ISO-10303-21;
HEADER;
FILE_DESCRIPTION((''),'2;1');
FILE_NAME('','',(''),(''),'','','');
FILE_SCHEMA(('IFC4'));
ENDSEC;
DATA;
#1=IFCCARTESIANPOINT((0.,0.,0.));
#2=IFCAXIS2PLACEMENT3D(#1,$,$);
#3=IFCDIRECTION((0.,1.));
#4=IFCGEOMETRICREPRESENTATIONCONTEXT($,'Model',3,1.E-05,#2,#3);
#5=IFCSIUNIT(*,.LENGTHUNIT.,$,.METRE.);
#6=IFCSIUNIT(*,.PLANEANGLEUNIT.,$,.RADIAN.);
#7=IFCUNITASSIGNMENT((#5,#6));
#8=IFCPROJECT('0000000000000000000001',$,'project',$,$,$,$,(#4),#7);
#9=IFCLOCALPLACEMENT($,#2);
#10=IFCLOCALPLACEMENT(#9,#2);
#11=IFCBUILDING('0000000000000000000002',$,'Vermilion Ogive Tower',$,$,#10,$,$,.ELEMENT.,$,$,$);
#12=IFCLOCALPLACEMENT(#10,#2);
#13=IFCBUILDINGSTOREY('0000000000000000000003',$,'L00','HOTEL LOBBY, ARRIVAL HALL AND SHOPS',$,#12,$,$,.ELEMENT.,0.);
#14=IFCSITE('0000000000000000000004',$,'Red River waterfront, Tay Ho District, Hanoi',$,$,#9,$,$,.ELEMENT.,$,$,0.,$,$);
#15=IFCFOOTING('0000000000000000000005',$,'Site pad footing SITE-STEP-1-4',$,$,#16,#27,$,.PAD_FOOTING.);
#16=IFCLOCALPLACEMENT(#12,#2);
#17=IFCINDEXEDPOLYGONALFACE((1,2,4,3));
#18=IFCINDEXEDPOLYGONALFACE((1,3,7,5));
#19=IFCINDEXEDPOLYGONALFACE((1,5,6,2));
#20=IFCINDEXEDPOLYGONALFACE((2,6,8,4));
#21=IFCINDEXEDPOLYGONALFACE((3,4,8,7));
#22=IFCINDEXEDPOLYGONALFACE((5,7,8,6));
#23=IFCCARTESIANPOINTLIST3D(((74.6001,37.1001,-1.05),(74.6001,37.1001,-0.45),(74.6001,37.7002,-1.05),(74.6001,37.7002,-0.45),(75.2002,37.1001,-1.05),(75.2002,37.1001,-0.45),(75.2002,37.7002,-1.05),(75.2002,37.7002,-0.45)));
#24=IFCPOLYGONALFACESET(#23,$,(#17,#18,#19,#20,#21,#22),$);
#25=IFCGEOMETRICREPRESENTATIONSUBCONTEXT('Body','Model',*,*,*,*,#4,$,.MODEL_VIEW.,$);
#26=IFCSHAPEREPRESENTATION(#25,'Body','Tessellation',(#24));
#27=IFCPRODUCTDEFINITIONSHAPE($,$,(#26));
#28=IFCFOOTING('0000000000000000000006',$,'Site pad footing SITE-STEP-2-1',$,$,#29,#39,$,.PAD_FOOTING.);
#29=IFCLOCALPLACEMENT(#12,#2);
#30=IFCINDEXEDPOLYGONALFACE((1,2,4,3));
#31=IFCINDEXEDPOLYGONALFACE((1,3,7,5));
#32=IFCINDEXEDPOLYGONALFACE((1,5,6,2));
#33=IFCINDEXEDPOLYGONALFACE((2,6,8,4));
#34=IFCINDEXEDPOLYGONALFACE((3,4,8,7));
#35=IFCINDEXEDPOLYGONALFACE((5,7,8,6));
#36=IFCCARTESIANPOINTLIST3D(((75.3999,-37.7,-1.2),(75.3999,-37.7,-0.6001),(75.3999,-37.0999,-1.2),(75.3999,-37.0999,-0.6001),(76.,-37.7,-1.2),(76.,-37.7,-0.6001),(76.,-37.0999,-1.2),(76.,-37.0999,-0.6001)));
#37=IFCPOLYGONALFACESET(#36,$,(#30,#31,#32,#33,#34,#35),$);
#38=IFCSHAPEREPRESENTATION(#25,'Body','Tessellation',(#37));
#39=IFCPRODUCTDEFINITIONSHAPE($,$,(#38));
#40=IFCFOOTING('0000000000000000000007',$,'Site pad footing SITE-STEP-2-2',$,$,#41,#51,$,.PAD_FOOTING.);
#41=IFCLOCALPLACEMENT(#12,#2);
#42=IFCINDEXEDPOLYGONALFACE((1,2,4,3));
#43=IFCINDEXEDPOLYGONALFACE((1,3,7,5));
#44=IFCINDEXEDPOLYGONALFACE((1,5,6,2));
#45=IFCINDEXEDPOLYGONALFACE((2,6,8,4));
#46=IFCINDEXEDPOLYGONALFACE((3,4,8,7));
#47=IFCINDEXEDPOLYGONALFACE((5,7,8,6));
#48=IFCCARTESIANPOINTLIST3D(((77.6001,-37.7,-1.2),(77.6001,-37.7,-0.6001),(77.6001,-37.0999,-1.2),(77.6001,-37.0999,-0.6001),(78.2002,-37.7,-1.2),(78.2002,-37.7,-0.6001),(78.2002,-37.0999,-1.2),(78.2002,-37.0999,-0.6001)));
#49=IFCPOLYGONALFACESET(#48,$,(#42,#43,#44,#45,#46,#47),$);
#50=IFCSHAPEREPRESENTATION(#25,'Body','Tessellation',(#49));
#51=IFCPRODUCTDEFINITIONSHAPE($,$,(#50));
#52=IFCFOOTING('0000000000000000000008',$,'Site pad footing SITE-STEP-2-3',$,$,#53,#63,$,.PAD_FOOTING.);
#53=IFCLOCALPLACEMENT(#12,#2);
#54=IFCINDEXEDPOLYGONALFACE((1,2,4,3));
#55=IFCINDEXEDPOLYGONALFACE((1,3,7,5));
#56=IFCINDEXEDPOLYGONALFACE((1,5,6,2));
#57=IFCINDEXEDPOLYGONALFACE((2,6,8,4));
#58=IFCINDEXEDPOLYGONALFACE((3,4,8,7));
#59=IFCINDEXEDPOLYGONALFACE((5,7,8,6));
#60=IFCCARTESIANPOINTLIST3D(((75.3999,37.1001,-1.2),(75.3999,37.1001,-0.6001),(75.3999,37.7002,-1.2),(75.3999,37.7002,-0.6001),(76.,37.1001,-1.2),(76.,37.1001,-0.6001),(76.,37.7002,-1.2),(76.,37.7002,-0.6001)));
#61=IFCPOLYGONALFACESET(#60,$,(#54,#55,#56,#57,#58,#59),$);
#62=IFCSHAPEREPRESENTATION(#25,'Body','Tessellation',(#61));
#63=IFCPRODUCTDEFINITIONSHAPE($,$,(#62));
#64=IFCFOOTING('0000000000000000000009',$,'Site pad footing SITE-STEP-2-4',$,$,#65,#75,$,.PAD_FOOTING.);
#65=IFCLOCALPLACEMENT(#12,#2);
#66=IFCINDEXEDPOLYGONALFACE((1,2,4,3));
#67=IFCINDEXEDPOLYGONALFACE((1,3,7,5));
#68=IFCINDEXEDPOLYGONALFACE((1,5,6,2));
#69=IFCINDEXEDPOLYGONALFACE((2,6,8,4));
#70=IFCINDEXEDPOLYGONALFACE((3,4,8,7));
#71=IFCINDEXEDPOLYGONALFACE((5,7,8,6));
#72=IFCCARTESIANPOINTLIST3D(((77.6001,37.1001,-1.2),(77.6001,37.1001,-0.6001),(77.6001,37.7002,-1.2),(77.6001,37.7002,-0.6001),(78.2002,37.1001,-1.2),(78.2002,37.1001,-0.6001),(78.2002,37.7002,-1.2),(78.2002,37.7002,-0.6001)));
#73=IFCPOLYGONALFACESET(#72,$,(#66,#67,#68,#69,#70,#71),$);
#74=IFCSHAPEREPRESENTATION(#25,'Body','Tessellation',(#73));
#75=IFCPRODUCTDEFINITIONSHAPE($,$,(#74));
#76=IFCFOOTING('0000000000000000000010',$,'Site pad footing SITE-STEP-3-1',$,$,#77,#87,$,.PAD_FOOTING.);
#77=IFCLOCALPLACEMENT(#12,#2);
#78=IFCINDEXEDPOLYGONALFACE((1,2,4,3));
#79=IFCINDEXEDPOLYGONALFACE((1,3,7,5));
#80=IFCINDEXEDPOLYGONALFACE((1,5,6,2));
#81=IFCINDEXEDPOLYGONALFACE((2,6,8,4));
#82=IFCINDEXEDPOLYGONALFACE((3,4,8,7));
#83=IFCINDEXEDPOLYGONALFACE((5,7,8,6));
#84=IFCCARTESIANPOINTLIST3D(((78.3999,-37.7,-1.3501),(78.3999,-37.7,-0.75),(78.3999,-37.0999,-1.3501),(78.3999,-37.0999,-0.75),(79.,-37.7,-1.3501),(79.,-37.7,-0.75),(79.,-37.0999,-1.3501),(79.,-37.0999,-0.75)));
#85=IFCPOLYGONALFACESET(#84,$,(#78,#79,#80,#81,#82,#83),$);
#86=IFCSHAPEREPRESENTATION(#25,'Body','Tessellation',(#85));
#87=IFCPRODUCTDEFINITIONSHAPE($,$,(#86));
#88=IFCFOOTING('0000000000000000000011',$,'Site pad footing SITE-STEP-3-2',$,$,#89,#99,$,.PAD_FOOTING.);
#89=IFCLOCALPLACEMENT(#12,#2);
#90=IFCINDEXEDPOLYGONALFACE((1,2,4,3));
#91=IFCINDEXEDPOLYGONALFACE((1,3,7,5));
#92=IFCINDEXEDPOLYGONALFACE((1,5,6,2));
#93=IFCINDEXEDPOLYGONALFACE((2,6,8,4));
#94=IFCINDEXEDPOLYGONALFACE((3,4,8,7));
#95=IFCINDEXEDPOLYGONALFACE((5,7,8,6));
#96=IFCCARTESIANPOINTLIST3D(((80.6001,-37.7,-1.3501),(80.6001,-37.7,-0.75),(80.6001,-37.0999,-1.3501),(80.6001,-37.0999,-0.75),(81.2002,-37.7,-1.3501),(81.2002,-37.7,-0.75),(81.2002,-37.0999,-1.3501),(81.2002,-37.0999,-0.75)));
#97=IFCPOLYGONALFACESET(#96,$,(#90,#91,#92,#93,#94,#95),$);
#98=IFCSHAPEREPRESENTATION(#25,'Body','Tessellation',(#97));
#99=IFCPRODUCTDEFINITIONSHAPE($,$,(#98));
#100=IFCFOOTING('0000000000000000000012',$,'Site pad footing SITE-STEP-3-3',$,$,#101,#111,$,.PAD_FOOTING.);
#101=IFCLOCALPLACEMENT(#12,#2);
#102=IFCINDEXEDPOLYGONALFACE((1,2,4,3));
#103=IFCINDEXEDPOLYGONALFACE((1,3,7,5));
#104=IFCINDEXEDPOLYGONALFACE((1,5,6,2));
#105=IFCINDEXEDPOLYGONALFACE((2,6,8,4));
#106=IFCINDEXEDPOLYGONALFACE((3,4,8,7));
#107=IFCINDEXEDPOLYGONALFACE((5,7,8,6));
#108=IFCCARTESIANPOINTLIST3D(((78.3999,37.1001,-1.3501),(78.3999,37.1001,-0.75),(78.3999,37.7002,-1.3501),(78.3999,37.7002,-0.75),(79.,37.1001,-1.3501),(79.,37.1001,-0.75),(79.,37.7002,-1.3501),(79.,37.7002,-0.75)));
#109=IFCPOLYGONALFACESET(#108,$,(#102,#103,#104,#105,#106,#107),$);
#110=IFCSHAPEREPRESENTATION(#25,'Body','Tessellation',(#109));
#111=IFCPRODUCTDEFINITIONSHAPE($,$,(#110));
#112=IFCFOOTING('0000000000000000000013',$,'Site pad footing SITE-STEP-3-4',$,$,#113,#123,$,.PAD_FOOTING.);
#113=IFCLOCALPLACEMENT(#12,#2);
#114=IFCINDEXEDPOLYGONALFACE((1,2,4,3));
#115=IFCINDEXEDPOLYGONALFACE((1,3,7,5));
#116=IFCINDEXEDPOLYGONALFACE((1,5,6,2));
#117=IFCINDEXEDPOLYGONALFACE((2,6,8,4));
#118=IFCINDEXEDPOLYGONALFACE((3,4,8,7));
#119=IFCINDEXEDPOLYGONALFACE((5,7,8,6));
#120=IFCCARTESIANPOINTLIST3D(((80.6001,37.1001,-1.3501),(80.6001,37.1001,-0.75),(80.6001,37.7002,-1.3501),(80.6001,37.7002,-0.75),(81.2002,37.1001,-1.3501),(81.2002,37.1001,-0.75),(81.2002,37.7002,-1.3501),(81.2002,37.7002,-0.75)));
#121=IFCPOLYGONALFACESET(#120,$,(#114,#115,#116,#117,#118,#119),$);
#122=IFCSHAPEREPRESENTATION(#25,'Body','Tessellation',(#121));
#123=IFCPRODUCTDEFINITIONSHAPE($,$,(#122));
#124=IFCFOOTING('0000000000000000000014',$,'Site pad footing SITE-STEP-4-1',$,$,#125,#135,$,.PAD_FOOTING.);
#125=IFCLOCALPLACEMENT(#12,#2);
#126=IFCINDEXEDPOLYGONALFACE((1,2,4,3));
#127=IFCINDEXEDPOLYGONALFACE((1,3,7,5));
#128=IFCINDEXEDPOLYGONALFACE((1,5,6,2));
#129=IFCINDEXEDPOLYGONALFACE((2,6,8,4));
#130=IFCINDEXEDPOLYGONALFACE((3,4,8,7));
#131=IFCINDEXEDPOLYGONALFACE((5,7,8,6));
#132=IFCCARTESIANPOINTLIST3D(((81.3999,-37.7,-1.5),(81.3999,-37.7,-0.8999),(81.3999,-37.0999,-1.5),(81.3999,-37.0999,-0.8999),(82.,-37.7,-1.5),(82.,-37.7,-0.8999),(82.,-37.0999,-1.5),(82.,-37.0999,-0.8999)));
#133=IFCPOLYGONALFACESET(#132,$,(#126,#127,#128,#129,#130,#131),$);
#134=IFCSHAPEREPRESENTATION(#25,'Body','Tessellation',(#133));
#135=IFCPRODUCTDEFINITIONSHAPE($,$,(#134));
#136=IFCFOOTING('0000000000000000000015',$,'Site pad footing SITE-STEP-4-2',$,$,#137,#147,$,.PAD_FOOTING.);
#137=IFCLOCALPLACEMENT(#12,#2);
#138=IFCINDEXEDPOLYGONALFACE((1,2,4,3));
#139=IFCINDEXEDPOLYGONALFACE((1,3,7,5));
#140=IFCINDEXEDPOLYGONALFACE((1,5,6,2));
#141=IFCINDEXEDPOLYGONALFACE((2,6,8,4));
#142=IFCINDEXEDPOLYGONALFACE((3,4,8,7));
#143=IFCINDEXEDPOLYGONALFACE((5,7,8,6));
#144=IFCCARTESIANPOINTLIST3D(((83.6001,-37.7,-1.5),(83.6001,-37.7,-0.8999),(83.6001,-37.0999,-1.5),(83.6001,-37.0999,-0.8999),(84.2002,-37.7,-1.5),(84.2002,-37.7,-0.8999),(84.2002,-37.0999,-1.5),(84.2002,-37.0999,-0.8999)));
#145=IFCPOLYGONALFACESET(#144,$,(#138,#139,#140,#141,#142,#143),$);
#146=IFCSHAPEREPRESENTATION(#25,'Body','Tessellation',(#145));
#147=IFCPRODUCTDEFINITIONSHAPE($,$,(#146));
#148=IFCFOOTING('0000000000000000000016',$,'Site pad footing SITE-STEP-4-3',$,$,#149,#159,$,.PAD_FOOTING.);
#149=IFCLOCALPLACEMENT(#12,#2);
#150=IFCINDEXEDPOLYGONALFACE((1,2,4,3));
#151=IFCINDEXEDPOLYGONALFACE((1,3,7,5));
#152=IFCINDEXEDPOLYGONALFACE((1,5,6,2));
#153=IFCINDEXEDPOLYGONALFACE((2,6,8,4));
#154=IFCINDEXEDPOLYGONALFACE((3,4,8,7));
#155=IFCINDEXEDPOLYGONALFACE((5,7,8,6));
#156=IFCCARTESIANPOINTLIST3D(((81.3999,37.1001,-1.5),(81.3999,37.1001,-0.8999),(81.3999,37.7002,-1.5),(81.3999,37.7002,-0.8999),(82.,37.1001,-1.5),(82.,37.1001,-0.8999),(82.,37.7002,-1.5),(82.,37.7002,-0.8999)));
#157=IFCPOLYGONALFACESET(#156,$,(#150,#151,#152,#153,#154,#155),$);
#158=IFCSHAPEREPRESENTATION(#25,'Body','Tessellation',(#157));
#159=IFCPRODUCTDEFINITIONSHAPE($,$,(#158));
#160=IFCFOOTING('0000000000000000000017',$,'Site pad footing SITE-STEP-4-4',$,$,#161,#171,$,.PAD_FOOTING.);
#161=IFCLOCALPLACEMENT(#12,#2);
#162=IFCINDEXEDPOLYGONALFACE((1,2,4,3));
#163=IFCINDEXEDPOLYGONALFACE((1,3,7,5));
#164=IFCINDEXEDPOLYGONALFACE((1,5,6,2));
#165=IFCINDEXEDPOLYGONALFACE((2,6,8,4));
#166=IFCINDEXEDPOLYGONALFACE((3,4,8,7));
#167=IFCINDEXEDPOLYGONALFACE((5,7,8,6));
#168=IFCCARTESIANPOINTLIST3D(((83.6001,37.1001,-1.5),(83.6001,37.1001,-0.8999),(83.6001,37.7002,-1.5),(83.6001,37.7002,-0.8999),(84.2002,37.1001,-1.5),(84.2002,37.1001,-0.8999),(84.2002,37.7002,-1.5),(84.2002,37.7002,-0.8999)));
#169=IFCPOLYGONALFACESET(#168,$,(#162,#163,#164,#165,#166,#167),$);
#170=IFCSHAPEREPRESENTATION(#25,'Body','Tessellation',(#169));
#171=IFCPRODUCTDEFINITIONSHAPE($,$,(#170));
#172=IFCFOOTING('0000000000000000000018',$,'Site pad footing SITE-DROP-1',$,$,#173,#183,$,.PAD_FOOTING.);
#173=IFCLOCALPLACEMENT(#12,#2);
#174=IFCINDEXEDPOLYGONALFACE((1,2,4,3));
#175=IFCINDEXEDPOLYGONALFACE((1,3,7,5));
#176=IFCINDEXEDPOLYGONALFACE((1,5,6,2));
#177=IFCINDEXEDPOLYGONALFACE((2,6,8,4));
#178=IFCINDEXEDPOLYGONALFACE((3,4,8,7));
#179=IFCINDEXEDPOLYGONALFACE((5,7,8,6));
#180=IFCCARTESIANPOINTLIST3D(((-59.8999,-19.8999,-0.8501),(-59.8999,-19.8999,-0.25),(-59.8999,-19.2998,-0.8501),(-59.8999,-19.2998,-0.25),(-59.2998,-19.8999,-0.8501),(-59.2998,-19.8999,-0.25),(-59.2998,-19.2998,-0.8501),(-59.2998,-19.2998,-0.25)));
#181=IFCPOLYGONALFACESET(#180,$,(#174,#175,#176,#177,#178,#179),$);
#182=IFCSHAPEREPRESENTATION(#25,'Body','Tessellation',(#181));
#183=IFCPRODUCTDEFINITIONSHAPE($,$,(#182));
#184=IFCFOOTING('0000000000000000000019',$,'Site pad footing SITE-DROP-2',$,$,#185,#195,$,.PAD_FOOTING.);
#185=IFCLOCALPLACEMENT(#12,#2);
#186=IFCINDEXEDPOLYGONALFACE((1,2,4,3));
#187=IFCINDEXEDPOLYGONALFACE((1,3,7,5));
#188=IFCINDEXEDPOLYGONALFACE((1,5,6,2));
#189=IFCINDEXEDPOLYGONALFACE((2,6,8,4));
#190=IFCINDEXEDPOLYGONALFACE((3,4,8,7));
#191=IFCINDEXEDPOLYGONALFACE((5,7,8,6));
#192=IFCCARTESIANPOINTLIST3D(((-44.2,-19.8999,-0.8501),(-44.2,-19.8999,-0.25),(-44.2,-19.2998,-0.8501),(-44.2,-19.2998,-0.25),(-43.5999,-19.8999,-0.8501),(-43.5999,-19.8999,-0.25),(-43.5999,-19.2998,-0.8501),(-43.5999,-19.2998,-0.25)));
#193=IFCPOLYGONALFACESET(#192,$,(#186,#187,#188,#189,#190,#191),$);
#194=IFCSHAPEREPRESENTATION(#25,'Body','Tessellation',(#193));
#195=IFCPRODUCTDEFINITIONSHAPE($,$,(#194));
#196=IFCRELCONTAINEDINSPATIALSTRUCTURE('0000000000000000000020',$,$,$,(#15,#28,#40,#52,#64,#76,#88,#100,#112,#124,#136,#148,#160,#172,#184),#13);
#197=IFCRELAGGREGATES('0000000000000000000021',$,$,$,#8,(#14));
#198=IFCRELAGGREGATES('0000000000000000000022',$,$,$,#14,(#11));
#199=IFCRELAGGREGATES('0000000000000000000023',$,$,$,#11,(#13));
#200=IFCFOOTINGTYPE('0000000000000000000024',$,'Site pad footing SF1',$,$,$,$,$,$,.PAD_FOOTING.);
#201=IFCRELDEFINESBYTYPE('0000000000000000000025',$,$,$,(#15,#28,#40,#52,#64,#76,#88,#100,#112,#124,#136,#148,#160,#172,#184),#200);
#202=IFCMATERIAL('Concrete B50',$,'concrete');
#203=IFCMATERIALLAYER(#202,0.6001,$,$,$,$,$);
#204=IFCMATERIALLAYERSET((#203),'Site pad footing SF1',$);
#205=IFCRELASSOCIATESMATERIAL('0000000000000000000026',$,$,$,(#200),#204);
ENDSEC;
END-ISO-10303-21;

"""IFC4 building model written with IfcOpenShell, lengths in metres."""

from ifc_helpers import new_model, si_unit, direction, frame, origin, place, context, subcontext, project, spatial, polyline, outline, extrude, material, layer, layer_set, type_object, element, save


model = new_model("IFC4")

# Units and contexts
model_context = context("Model", 3, precision=1e-05, world=origin(), true_north=direction((0.0, 1.0)))
body_context = subcontext(model_context, "Body", "Model", "MODEL_VIEW")
ifc_project = project(units=[si_unit("LENGTHUNIT", "METRE"), si_unit("PLANEANGLEUNIT", "RADIAN")], contexts=[model_context])

# Site, building, storey
site_placement = place(None, origin())
site = spatial("IfcSite", under=ifc_project, at=site_placement, Name="Red River waterfront, Tay Ho District, Hanoi", CompositionType="ELEMENT", RefElevation=0.0)
building_placement = place(site_placement, origin())
building = spatial("IfcBuilding", under=site, at=building_placement, Name="Vermilion Ogive Tower", CompositionType="ELEMENT")
storey_placement = place(building_placement, origin())
storey = spatial("IfcBuildingStorey", under=building, at=storey_placement, Name="L00", Description="HOTEL LOBBY, ARRIVAL HALL AND SHOPS", CompositionType="ELEMENT", Elevation=0.0)

# Footings
ifc_material_1 = material(Name="Concrete B50", Category="concrete")
ifc_layer_1 = layer(ifc_material_1, 0.6001)
ifc_layer_set_1 = layer_set([ifc_layer_1], Name="Site pad footing SF1")
footing_type = type_object("IfcFootingType", Name="Site pad footing SF1", PredefinedType="PAD_FOOTING", material=ifc_layer_set_1)
footing_1_placement = place(storey_placement, frame((0.0, 0.0, -1.05)))
element("IfcFooting", 1, at=footing_1_placement, inside=storey, type_object=footing_type, Name="Site pad footing SITE-STEP-1-4", PredefinedType="PAD_FOOTING", context=body_context, shape_type="SweptSolid", body=[
    extrude(outline(polyline([(75.2002, 37.1001), (75.2002, 37.7002), (74.6001, 37.7002), (74.6001, 37.1001), (75.2002, 37.1001)])), origin(), (0.0, 0.0, 1.0), 0.6001),
])
footing_2_placement = place(storey_placement, frame((0.0, 0.0, -1.2)))
element("IfcFooting", 2, at=footing_2_placement, inside=storey, type_object=footing_type, Name="Site pad footing SITE-STEP-2-1", PredefinedType="PAD_FOOTING", context=body_context, shape_type="SweptSolid", body=[
    extrude(outline(polyline([(76.0, -37.7), (76.0, -37.0999), (75.3999, -37.0999), (75.3999, -37.7), (76.0, -37.7)])), origin(), (0.0, 0.0, 1.0), 0.5999),
])
footing_3_placement = place(storey_placement, frame((0.0, 0.0, -1.2)))
element("IfcFooting", 3, at=footing_3_placement, inside=storey, type_object=footing_type, Name="Site pad footing SITE-STEP-2-2", PredefinedType="PAD_FOOTING", context=body_context, shape_type="SweptSolid", body=[
    extrude(outline(polyline([(78.2002, -37.7), (78.2002, -37.0999), (77.6001, -37.0999), (77.6001, -37.7), (78.2002, -37.7)])), origin(), (0.0, 0.0, 1.0), 0.5999),
])
footing_4_placement = place(storey_placement, frame((0.0, 0.0, -1.2)))
element("IfcFooting", 4, at=footing_4_placement, inside=storey, type_object=footing_type, Name="Site pad footing SITE-STEP-2-3", PredefinedType="PAD_FOOTING", context=body_context, shape_type="SweptSolid", body=[
    extrude(outline(polyline([(76.0, 37.1001), (76.0, 37.7002), (75.3999, 37.7002), (75.3999, 37.1001), (76.0, 37.1001)])), origin(), (0.0, 0.0, 1.0), 0.5999),
])
footing_5_placement = place(storey_placement, frame((0.0, 0.0, -1.2)))
element("IfcFooting", 5, at=footing_5_placement, inside=storey, type_object=footing_type, Name="Site pad footing SITE-STEP-2-4", PredefinedType="PAD_FOOTING", context=body_context, shape_type="SweptSolid", body=[
    extrude(outline(polyline([(78.2002, 37.1001), (78.2002, 37.7002), (77.6001, 37.7002), (77.6001, 37.1001), (78.2002, 37.1001)])), origin(), (0.0, 0.0, 1.0), 0.5999),
])
footing_6_placement = place(storey_placement, frame((0.0, 0.0, -1.3501)))
element("IfcFooting", 6, at=footing_6_placement, inside=storey, type_object=footing_type, Name="Site pad footing SITE-STEP-3-1", PredefinedType="PAD_FOOTING", context=body_context, shape_type="SweptSolid", body=[
    extrude(outline(polyline([(79.0, -37.7), (79.0, -37.0999), (78.3999, -37.0999), (78.3999, -37.7), (79.0, -37.7)])), origin(), (0.0, 0.0, 1.0), 0.6001),
])
footing_7_placement = place(storey_placement, frame((0.0, 0.0, -1.3501)))
element("IfcFooting", 7, at=footing_7_placement, inside=storey, type_object=footing_type, Name="Site pad footing SITE-STEP-3-2", PredefinedType="PAD_FOOTING", context=body_context, shape_type="SweptSolid", body=[
    extrude(outline(polyline([(81.2002, -37.7), (81.2002, -37.0999), (80.6001, -37.0999), (80.6001, -37.7), (81.2002, -37.7)])), origin(), (0.0, 0.0, 1.0), 0.6001),
])
footing_8_placement = place(storey_placement, frame((0.0, 0.0, -1.3501)))
element("IfcFooting", 8, at=footing_8_placement, inside=storey, type_object=footing_type, Name="Site pad footing SITE-STEP-3-3", PredefinedType="PAD_FOOTING", context=body_context, shape_type="SweptSolid", body=[
    extrude(outline(polyline([(79.0, 37.1001), (79.0, 37.7002), (78.3999, 37.7002), (78.3999, 37.1001), (79.0, 37.1001)])), origin(), (0.0, 0.0, 1.0), 0.6001),
])
footing_9_placement = place(storey_placement, frame((0.0, 0.0, -1.3501)))
element("IfcFooting", 9, at=footing_9_placement, inside=storey, type_object=footing_type, Name="Site pad footing SITE-STEP-3-4", PredefinedType="PAD_FOOTING", context=body_context, shape_type="SweptSolid", body=[
    extrude(outline(polyline([(81.2002, 37.1001), (81.2002, 37.7002), (80.6001, 37.7002), (80.6001, 37.1001), (81.2002, 37.1001)])), origin(), (0.0, 0.0, 1.0), 0.6001),
])
footing_10_placement = place(storey_placement, frame((0.0, 0.0, -1.5)))
element("IfcFooting", 10, at=footing_10_placement, inside=storey, type_object=footing_type, Name="Site pad footing SITE-STEP-4-1", PredefinedType="PAD_FOOTING", context=body_context, shape_type="SweptSolid", body=[
    extrude(outline(polyline([(82.0, -37.7), (82.0, -37.0999), (81.3999, -37.0999), (81.3999, -37.7), (82.0, -37.7)])), origin(), (0.0, 0.0, 1.0), 0.6001),
])
footing_11_placement = place(storey_placement, frame((0.0, 0.0, -1.5)))
element("IfcFooting", 11, at=footing_11_placement, inside=storey, type_object=footing_type, Name="Site pad footing SITE-STEP-4-2", PredefinedType="PAD_FOOTING", context=body_context, shape_type="SweptSolid", body=[
    extrude(outline(polyline([(84.2002, -37.7), (84.2002, -37.0999), (83.6001, -37.0999), (83.6001, -37.7), (84.2002, -37.7)])), origin(), (0.0, 0.0, 1.0), 0.6001),
])
footing_12_placement = place(storey_placement, frame((0.0, 0.0, -1.5)))
element("IfcFooting", 12, at=footing_12_placement, inside=storey, type_object=footing_type, Name="Site pad footing SITE-STEP-4-3", PredefinedType="PAD_FOOTING", context=body_context, shape_type="SweptSolid", body=[
    extrude(outline(polyline([(82.0, 37.1001), (82.0, 37.7002), (81.3999, 37.7002), (81.3999, 37.1001), (82.0, 37.1001)])), origin(), (0.0, 0.0, 1.0), 0.6001),
])
footing_13_placement = place(storey_placement, frame((0.0, 0.0, -1.5)))
element("IfcFooting", 13, at=footing_13_placement, inside=storey, type_object=footing_type, Name="Site pad footing SITE-STEP-4-4", PredefinedType="PAD_FOOTING", context=body_context, shape_type="SweptSolid", body=[
    extrude(outline(polyline([(84.2002, 37.1001), (84.2002, 37.7002), (83.6001, 37.7002), (83.6001, 37.1001), (84.2002, 37.1001)])), origin(), (0.0, 0.0, 1.0), 0.6001),
])
footing_14_placement = place(storey_placement, frame((0.0, 0.0, -0.8501)))
element("IfcFooting", 14, at=footing_14_placement, inside=storey, type_object=footing_type, Name="Site pad footing SITE-DROP-1", PredefinedType="PAD_FOOTING", context=body_context, shape_type="SweptSolid", body=[
    extrude(outline(polyline([(-59.2998, -19.8999), (-59.2998, -19.2998), (-59.8999, -19.2998), (-59.8999, -19.8999), (-59.2998, -19.8999)])), origin(), (0.0, 0.0, 1.0), 0.6001),
])
footing_15_placement = place(storey_placement, frame((0.0, 0.0, -0.8501)))
element("IfcFooting", 15, at=footing_15_placement, inside=storey, type_object=footing_type, Name="Site pad footing SITE-DROP-2", PredefinedType="PAD_FOOTING", context=body_context, shape_type="SweptSolid", body=[
    extrude(outline(polyline([(-43.5999, -19.8999), (-43.5999, -19.2998), (-44.2, -19.2998), (-44.2, -19.8999), (-43.5999, -19.8999)])), origin(), (0.0, 0.0, 1.0), 0.6001),
])

save(model, "model.ifc")
